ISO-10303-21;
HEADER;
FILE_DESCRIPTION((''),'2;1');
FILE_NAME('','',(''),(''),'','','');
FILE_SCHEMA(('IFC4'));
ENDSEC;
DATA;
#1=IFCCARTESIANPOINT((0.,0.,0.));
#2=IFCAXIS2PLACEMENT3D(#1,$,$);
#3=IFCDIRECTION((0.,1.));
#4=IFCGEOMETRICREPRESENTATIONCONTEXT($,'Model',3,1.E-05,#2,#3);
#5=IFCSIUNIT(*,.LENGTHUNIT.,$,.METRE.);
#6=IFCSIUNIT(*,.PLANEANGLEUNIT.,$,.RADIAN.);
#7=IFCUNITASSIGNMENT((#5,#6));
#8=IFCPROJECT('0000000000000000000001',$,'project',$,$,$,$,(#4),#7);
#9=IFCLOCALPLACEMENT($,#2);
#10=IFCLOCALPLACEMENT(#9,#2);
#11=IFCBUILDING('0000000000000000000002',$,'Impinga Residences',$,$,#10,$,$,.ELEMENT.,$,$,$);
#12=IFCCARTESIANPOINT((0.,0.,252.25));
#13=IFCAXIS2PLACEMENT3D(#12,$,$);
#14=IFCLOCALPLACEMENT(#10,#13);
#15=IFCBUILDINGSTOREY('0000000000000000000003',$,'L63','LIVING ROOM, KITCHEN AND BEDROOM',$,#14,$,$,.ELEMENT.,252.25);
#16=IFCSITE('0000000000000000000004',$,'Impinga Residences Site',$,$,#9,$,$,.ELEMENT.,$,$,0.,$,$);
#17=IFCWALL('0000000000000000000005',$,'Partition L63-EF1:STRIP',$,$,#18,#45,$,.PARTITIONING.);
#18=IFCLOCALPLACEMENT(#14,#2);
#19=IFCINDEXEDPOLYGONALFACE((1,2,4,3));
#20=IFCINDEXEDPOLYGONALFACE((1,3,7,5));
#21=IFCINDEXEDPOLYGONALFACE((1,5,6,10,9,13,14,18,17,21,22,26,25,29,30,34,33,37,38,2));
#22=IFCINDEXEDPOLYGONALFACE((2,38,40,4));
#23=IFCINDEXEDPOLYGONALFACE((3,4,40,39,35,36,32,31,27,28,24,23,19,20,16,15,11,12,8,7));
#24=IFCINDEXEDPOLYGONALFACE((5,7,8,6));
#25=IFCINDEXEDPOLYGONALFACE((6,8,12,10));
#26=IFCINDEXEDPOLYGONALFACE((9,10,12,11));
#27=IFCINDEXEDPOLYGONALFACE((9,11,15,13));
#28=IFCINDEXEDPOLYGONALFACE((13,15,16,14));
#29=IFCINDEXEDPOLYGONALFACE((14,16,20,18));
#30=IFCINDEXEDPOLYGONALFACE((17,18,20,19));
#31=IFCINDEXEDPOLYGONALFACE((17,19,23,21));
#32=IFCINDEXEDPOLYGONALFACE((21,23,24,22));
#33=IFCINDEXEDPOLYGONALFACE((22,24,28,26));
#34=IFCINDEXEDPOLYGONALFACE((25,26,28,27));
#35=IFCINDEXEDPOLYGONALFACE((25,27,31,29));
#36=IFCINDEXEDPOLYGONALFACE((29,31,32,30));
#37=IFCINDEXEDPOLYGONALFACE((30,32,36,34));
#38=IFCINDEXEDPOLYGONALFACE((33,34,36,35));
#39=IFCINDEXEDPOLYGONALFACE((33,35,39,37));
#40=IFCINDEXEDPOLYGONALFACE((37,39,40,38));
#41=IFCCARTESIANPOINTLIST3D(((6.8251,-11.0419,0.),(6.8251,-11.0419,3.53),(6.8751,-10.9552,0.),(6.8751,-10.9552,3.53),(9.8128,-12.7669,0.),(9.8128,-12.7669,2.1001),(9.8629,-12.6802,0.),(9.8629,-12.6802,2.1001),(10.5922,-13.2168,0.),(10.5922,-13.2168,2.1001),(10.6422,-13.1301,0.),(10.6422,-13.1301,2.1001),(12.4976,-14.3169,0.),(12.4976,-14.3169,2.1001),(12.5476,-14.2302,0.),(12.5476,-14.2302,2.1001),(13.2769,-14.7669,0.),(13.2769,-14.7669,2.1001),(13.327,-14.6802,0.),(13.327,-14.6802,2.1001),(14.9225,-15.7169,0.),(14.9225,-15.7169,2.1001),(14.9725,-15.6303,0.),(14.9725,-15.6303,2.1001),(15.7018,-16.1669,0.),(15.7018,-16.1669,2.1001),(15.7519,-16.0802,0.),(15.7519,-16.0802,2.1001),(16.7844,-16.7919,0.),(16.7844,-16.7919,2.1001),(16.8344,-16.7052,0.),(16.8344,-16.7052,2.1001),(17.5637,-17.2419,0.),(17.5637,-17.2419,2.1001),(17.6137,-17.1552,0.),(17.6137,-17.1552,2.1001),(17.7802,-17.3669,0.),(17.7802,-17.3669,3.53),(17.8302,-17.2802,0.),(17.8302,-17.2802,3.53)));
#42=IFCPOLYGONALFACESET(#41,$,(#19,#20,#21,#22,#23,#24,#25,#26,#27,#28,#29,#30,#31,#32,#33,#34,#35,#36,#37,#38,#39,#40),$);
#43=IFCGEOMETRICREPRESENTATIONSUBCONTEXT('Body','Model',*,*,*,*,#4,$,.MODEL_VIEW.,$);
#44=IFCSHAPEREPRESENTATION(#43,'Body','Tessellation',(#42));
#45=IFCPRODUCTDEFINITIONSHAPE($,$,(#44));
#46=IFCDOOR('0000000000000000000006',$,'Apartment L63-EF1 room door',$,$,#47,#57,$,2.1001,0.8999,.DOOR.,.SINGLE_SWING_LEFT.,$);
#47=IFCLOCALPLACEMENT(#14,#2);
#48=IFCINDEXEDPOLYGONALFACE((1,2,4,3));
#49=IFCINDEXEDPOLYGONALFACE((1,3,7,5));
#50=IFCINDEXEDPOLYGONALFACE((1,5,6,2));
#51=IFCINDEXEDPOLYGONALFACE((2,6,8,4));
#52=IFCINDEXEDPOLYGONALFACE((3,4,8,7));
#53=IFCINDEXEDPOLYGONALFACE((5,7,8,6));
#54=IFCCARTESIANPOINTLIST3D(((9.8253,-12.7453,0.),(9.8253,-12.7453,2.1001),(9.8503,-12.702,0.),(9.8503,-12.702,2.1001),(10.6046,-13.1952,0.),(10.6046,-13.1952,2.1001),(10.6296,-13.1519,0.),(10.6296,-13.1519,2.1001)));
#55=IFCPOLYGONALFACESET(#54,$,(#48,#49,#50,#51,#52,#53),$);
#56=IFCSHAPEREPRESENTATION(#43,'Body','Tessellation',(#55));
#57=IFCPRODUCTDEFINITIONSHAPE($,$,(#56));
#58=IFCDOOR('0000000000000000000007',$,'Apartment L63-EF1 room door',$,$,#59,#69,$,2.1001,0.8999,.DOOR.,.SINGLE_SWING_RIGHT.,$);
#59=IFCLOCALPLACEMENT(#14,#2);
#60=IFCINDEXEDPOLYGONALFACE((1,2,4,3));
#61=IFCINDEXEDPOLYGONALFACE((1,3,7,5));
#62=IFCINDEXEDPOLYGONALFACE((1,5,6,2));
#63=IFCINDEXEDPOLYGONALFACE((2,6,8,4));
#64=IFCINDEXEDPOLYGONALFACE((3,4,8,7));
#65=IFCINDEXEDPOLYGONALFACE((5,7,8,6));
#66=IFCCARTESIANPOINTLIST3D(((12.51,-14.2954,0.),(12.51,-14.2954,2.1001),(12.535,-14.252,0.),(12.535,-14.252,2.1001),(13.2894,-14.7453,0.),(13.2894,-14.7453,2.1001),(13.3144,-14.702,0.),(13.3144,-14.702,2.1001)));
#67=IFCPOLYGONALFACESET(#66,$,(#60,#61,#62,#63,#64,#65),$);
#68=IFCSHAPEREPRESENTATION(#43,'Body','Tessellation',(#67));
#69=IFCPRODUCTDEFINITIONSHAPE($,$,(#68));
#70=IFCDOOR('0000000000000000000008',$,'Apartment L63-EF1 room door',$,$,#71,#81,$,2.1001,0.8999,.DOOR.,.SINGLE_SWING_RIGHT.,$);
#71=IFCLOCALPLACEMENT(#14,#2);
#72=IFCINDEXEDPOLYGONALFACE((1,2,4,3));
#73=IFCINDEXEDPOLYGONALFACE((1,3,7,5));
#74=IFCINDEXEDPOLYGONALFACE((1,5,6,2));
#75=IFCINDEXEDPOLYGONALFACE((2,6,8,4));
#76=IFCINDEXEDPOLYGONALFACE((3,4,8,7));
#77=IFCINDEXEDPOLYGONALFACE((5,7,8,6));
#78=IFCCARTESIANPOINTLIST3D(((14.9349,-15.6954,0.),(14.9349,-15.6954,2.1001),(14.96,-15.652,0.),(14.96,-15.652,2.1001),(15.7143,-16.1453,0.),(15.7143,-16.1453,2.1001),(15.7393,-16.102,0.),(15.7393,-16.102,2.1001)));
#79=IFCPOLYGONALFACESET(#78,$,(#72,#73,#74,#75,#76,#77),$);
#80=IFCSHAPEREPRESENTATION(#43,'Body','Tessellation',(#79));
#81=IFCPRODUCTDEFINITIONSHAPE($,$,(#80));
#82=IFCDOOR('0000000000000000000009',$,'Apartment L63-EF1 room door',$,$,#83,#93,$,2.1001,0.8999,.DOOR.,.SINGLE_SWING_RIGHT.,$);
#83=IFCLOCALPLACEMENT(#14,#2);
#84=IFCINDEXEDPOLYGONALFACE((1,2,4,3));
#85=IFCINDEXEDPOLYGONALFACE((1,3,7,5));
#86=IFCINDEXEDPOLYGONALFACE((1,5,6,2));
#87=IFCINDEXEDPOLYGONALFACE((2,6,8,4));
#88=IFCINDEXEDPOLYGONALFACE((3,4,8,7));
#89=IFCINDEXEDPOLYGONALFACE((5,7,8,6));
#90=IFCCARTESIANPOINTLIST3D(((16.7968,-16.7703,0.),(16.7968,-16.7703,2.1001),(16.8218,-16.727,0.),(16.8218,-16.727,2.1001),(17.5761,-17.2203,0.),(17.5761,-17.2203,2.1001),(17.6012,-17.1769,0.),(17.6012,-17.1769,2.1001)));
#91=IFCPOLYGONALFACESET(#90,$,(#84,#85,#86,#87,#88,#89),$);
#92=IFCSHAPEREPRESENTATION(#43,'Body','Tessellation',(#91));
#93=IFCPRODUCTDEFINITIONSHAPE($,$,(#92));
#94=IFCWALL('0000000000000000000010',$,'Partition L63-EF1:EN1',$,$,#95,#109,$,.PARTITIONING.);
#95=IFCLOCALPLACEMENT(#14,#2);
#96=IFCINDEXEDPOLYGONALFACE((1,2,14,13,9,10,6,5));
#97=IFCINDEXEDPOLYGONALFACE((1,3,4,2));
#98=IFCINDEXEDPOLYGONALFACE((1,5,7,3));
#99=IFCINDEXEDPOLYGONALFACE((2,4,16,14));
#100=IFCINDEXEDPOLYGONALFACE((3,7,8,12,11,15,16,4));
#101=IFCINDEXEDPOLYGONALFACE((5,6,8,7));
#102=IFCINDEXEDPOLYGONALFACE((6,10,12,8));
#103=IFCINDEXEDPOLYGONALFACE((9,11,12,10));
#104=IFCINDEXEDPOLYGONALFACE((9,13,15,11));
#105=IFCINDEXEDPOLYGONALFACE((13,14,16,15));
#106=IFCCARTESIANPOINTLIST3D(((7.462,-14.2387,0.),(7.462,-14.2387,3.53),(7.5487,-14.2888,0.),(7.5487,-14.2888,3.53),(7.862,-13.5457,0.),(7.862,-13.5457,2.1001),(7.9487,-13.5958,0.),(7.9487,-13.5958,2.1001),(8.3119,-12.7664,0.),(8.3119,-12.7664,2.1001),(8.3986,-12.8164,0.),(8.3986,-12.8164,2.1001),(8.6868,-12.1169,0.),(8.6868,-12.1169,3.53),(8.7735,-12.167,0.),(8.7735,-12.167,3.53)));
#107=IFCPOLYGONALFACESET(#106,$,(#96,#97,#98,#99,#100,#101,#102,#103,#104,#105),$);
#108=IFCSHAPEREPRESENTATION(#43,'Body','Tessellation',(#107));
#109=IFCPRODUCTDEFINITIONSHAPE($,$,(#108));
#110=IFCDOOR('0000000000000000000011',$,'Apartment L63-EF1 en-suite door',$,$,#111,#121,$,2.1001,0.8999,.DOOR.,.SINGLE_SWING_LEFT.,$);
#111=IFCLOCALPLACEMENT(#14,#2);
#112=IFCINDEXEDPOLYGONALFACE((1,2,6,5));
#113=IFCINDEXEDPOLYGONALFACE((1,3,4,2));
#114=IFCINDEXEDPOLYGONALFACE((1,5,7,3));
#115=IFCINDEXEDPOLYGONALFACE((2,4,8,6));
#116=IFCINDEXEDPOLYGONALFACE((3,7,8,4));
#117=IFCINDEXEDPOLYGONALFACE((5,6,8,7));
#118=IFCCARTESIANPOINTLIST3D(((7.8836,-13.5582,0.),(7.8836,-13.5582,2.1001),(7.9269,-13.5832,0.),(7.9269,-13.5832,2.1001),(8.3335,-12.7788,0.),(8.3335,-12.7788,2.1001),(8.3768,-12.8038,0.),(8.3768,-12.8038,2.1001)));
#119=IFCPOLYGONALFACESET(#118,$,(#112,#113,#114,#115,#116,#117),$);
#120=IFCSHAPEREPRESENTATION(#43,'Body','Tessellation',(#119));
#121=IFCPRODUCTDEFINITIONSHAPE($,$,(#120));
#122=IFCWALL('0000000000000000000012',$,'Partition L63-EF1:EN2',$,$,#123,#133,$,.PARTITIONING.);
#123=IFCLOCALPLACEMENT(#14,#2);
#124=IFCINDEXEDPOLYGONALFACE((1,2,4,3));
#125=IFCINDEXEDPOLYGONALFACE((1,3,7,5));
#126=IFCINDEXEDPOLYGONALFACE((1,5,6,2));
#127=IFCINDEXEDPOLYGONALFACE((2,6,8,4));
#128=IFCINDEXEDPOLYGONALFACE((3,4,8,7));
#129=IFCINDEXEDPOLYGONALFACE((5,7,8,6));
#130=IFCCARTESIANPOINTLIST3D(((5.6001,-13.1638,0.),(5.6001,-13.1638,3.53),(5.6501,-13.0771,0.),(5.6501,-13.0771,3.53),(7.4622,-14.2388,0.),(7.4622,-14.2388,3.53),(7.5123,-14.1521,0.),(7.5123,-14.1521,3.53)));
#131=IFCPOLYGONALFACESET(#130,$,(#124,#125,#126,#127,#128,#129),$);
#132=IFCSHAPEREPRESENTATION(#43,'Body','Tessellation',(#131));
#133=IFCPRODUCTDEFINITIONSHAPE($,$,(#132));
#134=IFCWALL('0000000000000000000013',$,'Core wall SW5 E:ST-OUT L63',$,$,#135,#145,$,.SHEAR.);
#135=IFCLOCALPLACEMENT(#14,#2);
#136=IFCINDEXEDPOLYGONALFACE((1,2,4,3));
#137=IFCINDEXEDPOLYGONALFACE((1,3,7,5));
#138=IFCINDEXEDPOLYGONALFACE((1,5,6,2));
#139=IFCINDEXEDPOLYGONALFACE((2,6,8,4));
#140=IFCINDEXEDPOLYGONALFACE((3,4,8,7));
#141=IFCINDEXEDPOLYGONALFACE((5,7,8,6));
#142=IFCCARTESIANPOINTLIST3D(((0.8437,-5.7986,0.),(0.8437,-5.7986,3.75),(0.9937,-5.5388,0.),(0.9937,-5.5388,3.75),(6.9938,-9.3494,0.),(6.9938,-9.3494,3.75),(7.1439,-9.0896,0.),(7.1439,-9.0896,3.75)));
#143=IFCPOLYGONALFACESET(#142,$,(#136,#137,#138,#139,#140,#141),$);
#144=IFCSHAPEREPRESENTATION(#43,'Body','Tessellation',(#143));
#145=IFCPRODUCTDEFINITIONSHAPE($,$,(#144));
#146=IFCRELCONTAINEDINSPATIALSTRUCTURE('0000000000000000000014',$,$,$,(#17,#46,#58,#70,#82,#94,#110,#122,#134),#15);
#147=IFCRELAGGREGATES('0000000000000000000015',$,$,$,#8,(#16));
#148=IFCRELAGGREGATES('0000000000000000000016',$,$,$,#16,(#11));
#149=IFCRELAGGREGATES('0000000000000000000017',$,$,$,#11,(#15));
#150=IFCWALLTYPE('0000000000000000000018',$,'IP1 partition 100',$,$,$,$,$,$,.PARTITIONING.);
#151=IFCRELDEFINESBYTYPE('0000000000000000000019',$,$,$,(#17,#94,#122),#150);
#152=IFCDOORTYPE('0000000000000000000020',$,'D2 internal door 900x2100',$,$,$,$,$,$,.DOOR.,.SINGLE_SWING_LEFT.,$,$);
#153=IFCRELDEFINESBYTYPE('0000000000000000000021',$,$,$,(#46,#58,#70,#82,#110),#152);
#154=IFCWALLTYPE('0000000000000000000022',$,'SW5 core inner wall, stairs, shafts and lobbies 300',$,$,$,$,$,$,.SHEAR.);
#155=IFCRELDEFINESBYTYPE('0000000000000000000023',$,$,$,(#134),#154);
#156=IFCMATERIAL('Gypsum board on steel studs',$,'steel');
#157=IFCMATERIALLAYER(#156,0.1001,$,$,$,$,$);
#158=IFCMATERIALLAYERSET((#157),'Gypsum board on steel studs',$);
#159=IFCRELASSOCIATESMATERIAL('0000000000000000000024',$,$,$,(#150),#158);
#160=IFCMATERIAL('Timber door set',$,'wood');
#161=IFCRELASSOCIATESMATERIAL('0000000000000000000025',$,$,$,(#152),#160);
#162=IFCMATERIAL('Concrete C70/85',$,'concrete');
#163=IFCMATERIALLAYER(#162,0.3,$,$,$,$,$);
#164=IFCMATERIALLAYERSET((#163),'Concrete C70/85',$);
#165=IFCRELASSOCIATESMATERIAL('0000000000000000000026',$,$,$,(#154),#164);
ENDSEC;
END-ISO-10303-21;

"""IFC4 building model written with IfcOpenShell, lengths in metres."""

from ifc_helpers import new_model, si_unit, direction, frame, frame_2d, origin, place, context, subcontext, project, spatial, rectangle, extrude, material, layer, layer_set, type_object, element, fill, save


model = new_model("IFC4")

# Units and contexts
model_context = context("Model", 3, precision=1e-05, world=origin(), true_north=direction((0.0, 1.0)))
body_context = subcontext(model_context, "Body", "Model", "MODEL_VIEW")
ifc_project = project(units=[si_unit("LENGTHUNIT", "METRE"), si_unit("PLANEANGLEUNIT", "RADIAN")], contexts=[model_context])

# Site, building, storey
site_placement = place(None, origin())
site = spatial("IfcSite", under=ifc_project, at=site_placement, Name="Impinga Residences Site", CompositionType="ELEMENT", RefElevation=0.0)
building_placement = place(site_placement, origin())
building = spatial("IfcBuilding", under=site, at=building_placement, Name="Impinga Residences", CompositionType="ELEMENT")
storey_placement = place(building_placement, frame((0.0, 0.0, 252.25)))
storey = spatial("IfcBuildingStorey", under=building, at=storey_placement, Name="L63", Description="LIVING ROOM, KITCHEN AND BEDROOM", CompositionType="ELEMENT", Elevation=252.25)

# Shared definitions
ifc_material_1 = material(Name="Timber door set", Category="wood")

# Shared definitions
ifc_material_2 = material(Name="Gypsum board on steel studs", Category="steel")
ifc_layer_1 = layer(ifc_material_2, 0.1001)
ifc_layer_set_1 = layer_set([ifc_layer_1], Name="Gypsum board on steel studs")
wall_type_1 = type_object("IfcWallType", Name="IP1 partition 100", PredefinedType="PARTITIONING", material=ifc_layer_set_1)

# Wall, openings, doors
wall_1_placement = place(storey_placement, frame((6.8501, -10.9985, 0.0), z_axis=(0.0, 0.0, 1.0), x_axis=(0.866024, -0.500002, 0.0)))
wall_1 = element("IfcWall", 1, at=wall_1_placement, inside=storey, type_object=wall_type_1, Name="Partition L63-EF1:STRIP", PredefinedType="PARTITIONING", context=body_context, shape_type="SweptSolid", body=[
    extrude(rectangle(XDim=12.6499, YDim=0.1001, at=frame_2d((6.325, 0.0))), origin(), (0.0, 0.0, 1.0), 3.53),
])
opening_1_placement = place(wall_1_placement, frame((3.45, 0.0, 0.0)))
opening_1 = element("IfcOpeningElement", 2, at=opening_1_placement, cuts=wall_1, PredefinedType="OPENING", context=body_context, shape_type="SweptSolid", body=[
    extrude(rectangle(XDim=0.8999, YDim=2.1001, at=frame_2d((0.45, 1.05))), frame((0.0, 0.0601, 0.0), z_axis=(0.0, -1.0, 0.0), x_axis=(1.0, 0.0, 0.0)), (0.0, 0.0, 1.0), 0.1201),
])
opening_2_placement = place(wall_1_placement, frame((6.55, 0.0, 0.0)))
opening_2 = element("IfcOpeningElement", 3, at=opening_2_placement, cuts=wall_1, PredefinedType="OPENING", context=body_context, shape_type="SweptSolid", body=[
    extrude(rectangle(XDim=0.8999, YDim=2.1001, at=frame_2d((0.45, 1.05))), frame((0.0, 0.0601, 0.0), z_axis=(0.0, -1.0, 0.0), x_axis=(1.0, 0.0, 0.0)), (0.0, 0.0, 1.0), 0.1201),
])
opening_3_placement = place(wall_1_placement, frame((9.3501, 0.0, 0.0)))
opening_3 = element("IfcOpeningElement", 4, at=opening_3_placement, cuts=wall_1, PredefinedType="OPENING", context=body_context, shape_type="SweptSolid", body=[
    extrude(rectangle(XDim=0.8999, YDim=2.1001, at=frame_2d((0.45, 1.05))), frame((0.0, 0.0601, 0.0), z_axis=(0.0, -1.0, 0.0), x_axis=(1.0, 0.0, 0.0)), (0.0, 0.0, 1.0), 0.1201),
])
opening_4_placement = place(wall_1_placement, frame((11.5, 0.0, 0.0)))
opening_4 = element("IfcOpeningElement", 5, at=opening_4_placement, cuts=wall_1, PredefinedType="OPENING", context=body_context, shape_type="SweptSolid", body=[
    extrude(rectangle(XDim=0.8999, YDim=2.1001, at=frame_2d((0.45, 1.05))), frame((0.0, 0.0601, 0.0), z_axis=(0.0, -1.0, 0.0), x_axis=(1.0, 0.0, 0.0)), (0.0, 0.0, 1.0), 0.1201),
])
door_type_1 = type_object("IfcDoorType", Name="D2 internal door 900x2100", OperationType="SINGLE_SWING_LEFT", PredefinedType="DOOR", material=ifc_material_1)
door_1_placement = place(opening_1_placement, origin())
door_1 = element("IfcDoor", 6, at=door_1_placement, inside=storey, type_object=door_type_1, Name="Apartment L63-EF1 room door", OperationType="SINGLE_SWING_LEFT", OverallHeight=2.1001, OverallWidth=0.8999, PredefinedType="DOOR", context=body_context, shape_type="SweptSolid", body=[
    extrude(rectangle(XDim=0.8999, YDim=2.1001, at=frame_2d((0.45, 1.05))), frame((0.0, 0.0249, 0.0), z_axis=(0.0, -1.0, 0.0), x_axis=(1.0, 0.0, 0.0)), (0.0, 0.0, 1.0), 0.05),
])
fill(opening_1, door_1)
door_2_placement = place(opening_2_placement, origin())
door_2 = element("IfcDoor", 7, at=door_2_placement, inside=storey, type_object=door_type_1, Name="Apartment L63-EF1 room door", OperationType="SINGLE_SWING_RIGHT", OverallHeight=2.1001, OverallWidth=0.8999, PredefinedType="DOOR", context=body_context, shape_type="SweptSolid", body=[
    extrude(rectangle(XDim=0.8999, YDim=2.1001, at=frame_2d((0.45, 1.05))), frame((0.0, 0.0249, 0.0), z_axis=(0.0, -1.0, 0.0), x_axis=(1.0, 0.0, 0.0)), (0.0, 0.0, 1.0), 0.05),
])
fill(opening_2, door_2)
door_3_placement = place(opening_3_placement, origin())
door_3 = element("IfcDoor", 8, at=door_3_placement, inside=storey, type_object=door_type_1, Name="Apartment L63-EF1 room door", OperationType="SINGLE_SWING_RIGHT", OverallHeight=2.1001, OverallWidth=0.8999, PredefinedType="DOOR", context=body_context, shape_type="SweptSolid", body=[
    extrude(rectangle(XDim=0.8999, YDim=2.1001, at=frame_2d((0.45, 1.05))), frame((0.0, 0.0249, 0.0), z_axis=(0.0, -1.0, 0.0), x_axis=(1.0, 0.0, 0.0)), (0.0, 0.0, 1.0), 0.05),
])
fill(opening_3, door_3)
door_4_placement = place(opening_4_placement, origin())
door_4 = element("IfcDoor", 9, at=door_4_placement, inside=storey, type_object=door_type_1, Name="Apartment L63-EF1 room door", OperationType="SINGLE_SWING_RIGHT", OverallHeight=2.1001, OverallWidth=0.8999, PredefinedType="DOOR", context=body_context, shape_type="SweptSolid", body=[
    extrude(rectangle(XDim=0.8999, YDim=2.1001, at=frame_2d((0.45, 1.05))), frame((0.0, 0.0249, 0.0), z_axis=(0.0, -1.0, 0.0), x_axis=(1.0, 0.0, 0.0)), (0.0, 0.0, 1.0), 0.05),
])
fill(opening_4, door_4)

# Wall, opening, door
wall_2_placement = place(storey_placement, frame((8.7302, -12.1418, 0.0), z_axis=(0.0, 0.0, 1.0), x_axis=(-0.499944, -0.866058, 0.0)))
wall_2 = element("IfcWall", 10, at=wall_2_placement, inside=storey, type_object=wall_type_1, Name="Partition L63-EF1:EN1", PredefinedType="PARTITIONING", context=body_context, shape_type="SweptSolid", body=[
    extrude(rectangle(XDim=2.45, YDim=0.1001, at=frame_2d((1.2251, 0.0))), origin(), (0.0, 0.0, 1.0), 3.53),
])
opening_5_placement = place(wall_2_placement, frame((0.75, 0.0, 0.0)))
opening_5 = element("IfcOpeningElement", 11, at=opening_5_placement, cuts=wall_2, PredefinedType="OPENING", context=body_context, shape_type="SweptSolid", body=[
    extrude(rectangle(XDim=0.8999, YDim=2.1001, at=frame_2d((0.45, 1.05))), frame((0.0, 0.0601, 0.0), z_axis=(0.0, -1.0, 0.0), x_axis=(1.0, 0.0, 0.0)), (0.0, 0.0, 1.0), 0.1201),
])
door_5_placement = place(opening_5_placement, origin())
door_5 = element("IfcDoor", 12, at=door_5_placement, inside=storey, type_object=door_type_1, Name="Apartment L63-EF1 en-suite door", OperationType="SINGLE_SWING_LEFT", OverallHeight=2.1001, OverallWidth=0.8999, PredefinedType="DOOR", context=body_context, shape_type="SweptSolid", body=[
    extrude(rectangle(XDim=0.8999, YDim=2.1001, at=frame_2d((0.45, 1.05))), frame((0.0, 0.0249, 0.0), z_axis=(0.0, -1.0, 0.0), x_axis=(1.0, 0.0, 0.0)), (0.0, 0.0, 1.0), 0.05),
])
fill(opening_5, door_5)

# Walls
wall_3_placement = place(storey_placement, frame((5.625, -13.1204, 0.0), z_axis=(0.0, 0.0, 1.0), x_axis=(0.866048, -0.499962, 0.0)))
element("IfcWall", 13, at=wall_3_placement, inside=storey, type_object=wall_type_1, Name="Partition L63-EF1:EN2", PredefinedType="PARTITIONING", context=body_context, shape_type="SweptSolid", body=[
    extrude(rectangle(XDim=2.1501, YDim=0.1001, at=frame_2d((1.0752, 0.0))), origin(), (0.0, 0.0, 1.0), 3.53),
])
ifc_material_3 = material(Name="Concrete C70/85", Category="concrete")
ifc_layer_2 = layer(ifc_material_3, 0.3)
ifc_layer_set_2 = layer_set([ifc_layer_2], Name="Concrete C70/85")
wall_type_2 = type_object("IfcWallType", Name="SW5 core inner wall, stairs, shafts and lobbies 300", PredefinedType="SHEAR", material=ifc_layer_set_2)
wall_4_placement = place(storey_placement, frame((0.9187, -5.6687, 0.0), z_axis=(0.0, 0.0, 1.0), x_axis=(0.866026, -0.499999, 0.0)))
element("IfcWall", 14, at=wall_4_placement, inside=storey, type_object=wall_type_2, Name="Core wall SW5 E:ST-OUT L63", PredefinedType="SHEAR", context=body_context, shape_type="SweptSolid", body=[
    extrude(rectangle(XDim=7.1016, YDim=0.3, at=frame_2d((3.5508, 0.0))), origin(), (0.0, 0.0, 1.0), 3.75),
])

save(model, "model.ifc")
